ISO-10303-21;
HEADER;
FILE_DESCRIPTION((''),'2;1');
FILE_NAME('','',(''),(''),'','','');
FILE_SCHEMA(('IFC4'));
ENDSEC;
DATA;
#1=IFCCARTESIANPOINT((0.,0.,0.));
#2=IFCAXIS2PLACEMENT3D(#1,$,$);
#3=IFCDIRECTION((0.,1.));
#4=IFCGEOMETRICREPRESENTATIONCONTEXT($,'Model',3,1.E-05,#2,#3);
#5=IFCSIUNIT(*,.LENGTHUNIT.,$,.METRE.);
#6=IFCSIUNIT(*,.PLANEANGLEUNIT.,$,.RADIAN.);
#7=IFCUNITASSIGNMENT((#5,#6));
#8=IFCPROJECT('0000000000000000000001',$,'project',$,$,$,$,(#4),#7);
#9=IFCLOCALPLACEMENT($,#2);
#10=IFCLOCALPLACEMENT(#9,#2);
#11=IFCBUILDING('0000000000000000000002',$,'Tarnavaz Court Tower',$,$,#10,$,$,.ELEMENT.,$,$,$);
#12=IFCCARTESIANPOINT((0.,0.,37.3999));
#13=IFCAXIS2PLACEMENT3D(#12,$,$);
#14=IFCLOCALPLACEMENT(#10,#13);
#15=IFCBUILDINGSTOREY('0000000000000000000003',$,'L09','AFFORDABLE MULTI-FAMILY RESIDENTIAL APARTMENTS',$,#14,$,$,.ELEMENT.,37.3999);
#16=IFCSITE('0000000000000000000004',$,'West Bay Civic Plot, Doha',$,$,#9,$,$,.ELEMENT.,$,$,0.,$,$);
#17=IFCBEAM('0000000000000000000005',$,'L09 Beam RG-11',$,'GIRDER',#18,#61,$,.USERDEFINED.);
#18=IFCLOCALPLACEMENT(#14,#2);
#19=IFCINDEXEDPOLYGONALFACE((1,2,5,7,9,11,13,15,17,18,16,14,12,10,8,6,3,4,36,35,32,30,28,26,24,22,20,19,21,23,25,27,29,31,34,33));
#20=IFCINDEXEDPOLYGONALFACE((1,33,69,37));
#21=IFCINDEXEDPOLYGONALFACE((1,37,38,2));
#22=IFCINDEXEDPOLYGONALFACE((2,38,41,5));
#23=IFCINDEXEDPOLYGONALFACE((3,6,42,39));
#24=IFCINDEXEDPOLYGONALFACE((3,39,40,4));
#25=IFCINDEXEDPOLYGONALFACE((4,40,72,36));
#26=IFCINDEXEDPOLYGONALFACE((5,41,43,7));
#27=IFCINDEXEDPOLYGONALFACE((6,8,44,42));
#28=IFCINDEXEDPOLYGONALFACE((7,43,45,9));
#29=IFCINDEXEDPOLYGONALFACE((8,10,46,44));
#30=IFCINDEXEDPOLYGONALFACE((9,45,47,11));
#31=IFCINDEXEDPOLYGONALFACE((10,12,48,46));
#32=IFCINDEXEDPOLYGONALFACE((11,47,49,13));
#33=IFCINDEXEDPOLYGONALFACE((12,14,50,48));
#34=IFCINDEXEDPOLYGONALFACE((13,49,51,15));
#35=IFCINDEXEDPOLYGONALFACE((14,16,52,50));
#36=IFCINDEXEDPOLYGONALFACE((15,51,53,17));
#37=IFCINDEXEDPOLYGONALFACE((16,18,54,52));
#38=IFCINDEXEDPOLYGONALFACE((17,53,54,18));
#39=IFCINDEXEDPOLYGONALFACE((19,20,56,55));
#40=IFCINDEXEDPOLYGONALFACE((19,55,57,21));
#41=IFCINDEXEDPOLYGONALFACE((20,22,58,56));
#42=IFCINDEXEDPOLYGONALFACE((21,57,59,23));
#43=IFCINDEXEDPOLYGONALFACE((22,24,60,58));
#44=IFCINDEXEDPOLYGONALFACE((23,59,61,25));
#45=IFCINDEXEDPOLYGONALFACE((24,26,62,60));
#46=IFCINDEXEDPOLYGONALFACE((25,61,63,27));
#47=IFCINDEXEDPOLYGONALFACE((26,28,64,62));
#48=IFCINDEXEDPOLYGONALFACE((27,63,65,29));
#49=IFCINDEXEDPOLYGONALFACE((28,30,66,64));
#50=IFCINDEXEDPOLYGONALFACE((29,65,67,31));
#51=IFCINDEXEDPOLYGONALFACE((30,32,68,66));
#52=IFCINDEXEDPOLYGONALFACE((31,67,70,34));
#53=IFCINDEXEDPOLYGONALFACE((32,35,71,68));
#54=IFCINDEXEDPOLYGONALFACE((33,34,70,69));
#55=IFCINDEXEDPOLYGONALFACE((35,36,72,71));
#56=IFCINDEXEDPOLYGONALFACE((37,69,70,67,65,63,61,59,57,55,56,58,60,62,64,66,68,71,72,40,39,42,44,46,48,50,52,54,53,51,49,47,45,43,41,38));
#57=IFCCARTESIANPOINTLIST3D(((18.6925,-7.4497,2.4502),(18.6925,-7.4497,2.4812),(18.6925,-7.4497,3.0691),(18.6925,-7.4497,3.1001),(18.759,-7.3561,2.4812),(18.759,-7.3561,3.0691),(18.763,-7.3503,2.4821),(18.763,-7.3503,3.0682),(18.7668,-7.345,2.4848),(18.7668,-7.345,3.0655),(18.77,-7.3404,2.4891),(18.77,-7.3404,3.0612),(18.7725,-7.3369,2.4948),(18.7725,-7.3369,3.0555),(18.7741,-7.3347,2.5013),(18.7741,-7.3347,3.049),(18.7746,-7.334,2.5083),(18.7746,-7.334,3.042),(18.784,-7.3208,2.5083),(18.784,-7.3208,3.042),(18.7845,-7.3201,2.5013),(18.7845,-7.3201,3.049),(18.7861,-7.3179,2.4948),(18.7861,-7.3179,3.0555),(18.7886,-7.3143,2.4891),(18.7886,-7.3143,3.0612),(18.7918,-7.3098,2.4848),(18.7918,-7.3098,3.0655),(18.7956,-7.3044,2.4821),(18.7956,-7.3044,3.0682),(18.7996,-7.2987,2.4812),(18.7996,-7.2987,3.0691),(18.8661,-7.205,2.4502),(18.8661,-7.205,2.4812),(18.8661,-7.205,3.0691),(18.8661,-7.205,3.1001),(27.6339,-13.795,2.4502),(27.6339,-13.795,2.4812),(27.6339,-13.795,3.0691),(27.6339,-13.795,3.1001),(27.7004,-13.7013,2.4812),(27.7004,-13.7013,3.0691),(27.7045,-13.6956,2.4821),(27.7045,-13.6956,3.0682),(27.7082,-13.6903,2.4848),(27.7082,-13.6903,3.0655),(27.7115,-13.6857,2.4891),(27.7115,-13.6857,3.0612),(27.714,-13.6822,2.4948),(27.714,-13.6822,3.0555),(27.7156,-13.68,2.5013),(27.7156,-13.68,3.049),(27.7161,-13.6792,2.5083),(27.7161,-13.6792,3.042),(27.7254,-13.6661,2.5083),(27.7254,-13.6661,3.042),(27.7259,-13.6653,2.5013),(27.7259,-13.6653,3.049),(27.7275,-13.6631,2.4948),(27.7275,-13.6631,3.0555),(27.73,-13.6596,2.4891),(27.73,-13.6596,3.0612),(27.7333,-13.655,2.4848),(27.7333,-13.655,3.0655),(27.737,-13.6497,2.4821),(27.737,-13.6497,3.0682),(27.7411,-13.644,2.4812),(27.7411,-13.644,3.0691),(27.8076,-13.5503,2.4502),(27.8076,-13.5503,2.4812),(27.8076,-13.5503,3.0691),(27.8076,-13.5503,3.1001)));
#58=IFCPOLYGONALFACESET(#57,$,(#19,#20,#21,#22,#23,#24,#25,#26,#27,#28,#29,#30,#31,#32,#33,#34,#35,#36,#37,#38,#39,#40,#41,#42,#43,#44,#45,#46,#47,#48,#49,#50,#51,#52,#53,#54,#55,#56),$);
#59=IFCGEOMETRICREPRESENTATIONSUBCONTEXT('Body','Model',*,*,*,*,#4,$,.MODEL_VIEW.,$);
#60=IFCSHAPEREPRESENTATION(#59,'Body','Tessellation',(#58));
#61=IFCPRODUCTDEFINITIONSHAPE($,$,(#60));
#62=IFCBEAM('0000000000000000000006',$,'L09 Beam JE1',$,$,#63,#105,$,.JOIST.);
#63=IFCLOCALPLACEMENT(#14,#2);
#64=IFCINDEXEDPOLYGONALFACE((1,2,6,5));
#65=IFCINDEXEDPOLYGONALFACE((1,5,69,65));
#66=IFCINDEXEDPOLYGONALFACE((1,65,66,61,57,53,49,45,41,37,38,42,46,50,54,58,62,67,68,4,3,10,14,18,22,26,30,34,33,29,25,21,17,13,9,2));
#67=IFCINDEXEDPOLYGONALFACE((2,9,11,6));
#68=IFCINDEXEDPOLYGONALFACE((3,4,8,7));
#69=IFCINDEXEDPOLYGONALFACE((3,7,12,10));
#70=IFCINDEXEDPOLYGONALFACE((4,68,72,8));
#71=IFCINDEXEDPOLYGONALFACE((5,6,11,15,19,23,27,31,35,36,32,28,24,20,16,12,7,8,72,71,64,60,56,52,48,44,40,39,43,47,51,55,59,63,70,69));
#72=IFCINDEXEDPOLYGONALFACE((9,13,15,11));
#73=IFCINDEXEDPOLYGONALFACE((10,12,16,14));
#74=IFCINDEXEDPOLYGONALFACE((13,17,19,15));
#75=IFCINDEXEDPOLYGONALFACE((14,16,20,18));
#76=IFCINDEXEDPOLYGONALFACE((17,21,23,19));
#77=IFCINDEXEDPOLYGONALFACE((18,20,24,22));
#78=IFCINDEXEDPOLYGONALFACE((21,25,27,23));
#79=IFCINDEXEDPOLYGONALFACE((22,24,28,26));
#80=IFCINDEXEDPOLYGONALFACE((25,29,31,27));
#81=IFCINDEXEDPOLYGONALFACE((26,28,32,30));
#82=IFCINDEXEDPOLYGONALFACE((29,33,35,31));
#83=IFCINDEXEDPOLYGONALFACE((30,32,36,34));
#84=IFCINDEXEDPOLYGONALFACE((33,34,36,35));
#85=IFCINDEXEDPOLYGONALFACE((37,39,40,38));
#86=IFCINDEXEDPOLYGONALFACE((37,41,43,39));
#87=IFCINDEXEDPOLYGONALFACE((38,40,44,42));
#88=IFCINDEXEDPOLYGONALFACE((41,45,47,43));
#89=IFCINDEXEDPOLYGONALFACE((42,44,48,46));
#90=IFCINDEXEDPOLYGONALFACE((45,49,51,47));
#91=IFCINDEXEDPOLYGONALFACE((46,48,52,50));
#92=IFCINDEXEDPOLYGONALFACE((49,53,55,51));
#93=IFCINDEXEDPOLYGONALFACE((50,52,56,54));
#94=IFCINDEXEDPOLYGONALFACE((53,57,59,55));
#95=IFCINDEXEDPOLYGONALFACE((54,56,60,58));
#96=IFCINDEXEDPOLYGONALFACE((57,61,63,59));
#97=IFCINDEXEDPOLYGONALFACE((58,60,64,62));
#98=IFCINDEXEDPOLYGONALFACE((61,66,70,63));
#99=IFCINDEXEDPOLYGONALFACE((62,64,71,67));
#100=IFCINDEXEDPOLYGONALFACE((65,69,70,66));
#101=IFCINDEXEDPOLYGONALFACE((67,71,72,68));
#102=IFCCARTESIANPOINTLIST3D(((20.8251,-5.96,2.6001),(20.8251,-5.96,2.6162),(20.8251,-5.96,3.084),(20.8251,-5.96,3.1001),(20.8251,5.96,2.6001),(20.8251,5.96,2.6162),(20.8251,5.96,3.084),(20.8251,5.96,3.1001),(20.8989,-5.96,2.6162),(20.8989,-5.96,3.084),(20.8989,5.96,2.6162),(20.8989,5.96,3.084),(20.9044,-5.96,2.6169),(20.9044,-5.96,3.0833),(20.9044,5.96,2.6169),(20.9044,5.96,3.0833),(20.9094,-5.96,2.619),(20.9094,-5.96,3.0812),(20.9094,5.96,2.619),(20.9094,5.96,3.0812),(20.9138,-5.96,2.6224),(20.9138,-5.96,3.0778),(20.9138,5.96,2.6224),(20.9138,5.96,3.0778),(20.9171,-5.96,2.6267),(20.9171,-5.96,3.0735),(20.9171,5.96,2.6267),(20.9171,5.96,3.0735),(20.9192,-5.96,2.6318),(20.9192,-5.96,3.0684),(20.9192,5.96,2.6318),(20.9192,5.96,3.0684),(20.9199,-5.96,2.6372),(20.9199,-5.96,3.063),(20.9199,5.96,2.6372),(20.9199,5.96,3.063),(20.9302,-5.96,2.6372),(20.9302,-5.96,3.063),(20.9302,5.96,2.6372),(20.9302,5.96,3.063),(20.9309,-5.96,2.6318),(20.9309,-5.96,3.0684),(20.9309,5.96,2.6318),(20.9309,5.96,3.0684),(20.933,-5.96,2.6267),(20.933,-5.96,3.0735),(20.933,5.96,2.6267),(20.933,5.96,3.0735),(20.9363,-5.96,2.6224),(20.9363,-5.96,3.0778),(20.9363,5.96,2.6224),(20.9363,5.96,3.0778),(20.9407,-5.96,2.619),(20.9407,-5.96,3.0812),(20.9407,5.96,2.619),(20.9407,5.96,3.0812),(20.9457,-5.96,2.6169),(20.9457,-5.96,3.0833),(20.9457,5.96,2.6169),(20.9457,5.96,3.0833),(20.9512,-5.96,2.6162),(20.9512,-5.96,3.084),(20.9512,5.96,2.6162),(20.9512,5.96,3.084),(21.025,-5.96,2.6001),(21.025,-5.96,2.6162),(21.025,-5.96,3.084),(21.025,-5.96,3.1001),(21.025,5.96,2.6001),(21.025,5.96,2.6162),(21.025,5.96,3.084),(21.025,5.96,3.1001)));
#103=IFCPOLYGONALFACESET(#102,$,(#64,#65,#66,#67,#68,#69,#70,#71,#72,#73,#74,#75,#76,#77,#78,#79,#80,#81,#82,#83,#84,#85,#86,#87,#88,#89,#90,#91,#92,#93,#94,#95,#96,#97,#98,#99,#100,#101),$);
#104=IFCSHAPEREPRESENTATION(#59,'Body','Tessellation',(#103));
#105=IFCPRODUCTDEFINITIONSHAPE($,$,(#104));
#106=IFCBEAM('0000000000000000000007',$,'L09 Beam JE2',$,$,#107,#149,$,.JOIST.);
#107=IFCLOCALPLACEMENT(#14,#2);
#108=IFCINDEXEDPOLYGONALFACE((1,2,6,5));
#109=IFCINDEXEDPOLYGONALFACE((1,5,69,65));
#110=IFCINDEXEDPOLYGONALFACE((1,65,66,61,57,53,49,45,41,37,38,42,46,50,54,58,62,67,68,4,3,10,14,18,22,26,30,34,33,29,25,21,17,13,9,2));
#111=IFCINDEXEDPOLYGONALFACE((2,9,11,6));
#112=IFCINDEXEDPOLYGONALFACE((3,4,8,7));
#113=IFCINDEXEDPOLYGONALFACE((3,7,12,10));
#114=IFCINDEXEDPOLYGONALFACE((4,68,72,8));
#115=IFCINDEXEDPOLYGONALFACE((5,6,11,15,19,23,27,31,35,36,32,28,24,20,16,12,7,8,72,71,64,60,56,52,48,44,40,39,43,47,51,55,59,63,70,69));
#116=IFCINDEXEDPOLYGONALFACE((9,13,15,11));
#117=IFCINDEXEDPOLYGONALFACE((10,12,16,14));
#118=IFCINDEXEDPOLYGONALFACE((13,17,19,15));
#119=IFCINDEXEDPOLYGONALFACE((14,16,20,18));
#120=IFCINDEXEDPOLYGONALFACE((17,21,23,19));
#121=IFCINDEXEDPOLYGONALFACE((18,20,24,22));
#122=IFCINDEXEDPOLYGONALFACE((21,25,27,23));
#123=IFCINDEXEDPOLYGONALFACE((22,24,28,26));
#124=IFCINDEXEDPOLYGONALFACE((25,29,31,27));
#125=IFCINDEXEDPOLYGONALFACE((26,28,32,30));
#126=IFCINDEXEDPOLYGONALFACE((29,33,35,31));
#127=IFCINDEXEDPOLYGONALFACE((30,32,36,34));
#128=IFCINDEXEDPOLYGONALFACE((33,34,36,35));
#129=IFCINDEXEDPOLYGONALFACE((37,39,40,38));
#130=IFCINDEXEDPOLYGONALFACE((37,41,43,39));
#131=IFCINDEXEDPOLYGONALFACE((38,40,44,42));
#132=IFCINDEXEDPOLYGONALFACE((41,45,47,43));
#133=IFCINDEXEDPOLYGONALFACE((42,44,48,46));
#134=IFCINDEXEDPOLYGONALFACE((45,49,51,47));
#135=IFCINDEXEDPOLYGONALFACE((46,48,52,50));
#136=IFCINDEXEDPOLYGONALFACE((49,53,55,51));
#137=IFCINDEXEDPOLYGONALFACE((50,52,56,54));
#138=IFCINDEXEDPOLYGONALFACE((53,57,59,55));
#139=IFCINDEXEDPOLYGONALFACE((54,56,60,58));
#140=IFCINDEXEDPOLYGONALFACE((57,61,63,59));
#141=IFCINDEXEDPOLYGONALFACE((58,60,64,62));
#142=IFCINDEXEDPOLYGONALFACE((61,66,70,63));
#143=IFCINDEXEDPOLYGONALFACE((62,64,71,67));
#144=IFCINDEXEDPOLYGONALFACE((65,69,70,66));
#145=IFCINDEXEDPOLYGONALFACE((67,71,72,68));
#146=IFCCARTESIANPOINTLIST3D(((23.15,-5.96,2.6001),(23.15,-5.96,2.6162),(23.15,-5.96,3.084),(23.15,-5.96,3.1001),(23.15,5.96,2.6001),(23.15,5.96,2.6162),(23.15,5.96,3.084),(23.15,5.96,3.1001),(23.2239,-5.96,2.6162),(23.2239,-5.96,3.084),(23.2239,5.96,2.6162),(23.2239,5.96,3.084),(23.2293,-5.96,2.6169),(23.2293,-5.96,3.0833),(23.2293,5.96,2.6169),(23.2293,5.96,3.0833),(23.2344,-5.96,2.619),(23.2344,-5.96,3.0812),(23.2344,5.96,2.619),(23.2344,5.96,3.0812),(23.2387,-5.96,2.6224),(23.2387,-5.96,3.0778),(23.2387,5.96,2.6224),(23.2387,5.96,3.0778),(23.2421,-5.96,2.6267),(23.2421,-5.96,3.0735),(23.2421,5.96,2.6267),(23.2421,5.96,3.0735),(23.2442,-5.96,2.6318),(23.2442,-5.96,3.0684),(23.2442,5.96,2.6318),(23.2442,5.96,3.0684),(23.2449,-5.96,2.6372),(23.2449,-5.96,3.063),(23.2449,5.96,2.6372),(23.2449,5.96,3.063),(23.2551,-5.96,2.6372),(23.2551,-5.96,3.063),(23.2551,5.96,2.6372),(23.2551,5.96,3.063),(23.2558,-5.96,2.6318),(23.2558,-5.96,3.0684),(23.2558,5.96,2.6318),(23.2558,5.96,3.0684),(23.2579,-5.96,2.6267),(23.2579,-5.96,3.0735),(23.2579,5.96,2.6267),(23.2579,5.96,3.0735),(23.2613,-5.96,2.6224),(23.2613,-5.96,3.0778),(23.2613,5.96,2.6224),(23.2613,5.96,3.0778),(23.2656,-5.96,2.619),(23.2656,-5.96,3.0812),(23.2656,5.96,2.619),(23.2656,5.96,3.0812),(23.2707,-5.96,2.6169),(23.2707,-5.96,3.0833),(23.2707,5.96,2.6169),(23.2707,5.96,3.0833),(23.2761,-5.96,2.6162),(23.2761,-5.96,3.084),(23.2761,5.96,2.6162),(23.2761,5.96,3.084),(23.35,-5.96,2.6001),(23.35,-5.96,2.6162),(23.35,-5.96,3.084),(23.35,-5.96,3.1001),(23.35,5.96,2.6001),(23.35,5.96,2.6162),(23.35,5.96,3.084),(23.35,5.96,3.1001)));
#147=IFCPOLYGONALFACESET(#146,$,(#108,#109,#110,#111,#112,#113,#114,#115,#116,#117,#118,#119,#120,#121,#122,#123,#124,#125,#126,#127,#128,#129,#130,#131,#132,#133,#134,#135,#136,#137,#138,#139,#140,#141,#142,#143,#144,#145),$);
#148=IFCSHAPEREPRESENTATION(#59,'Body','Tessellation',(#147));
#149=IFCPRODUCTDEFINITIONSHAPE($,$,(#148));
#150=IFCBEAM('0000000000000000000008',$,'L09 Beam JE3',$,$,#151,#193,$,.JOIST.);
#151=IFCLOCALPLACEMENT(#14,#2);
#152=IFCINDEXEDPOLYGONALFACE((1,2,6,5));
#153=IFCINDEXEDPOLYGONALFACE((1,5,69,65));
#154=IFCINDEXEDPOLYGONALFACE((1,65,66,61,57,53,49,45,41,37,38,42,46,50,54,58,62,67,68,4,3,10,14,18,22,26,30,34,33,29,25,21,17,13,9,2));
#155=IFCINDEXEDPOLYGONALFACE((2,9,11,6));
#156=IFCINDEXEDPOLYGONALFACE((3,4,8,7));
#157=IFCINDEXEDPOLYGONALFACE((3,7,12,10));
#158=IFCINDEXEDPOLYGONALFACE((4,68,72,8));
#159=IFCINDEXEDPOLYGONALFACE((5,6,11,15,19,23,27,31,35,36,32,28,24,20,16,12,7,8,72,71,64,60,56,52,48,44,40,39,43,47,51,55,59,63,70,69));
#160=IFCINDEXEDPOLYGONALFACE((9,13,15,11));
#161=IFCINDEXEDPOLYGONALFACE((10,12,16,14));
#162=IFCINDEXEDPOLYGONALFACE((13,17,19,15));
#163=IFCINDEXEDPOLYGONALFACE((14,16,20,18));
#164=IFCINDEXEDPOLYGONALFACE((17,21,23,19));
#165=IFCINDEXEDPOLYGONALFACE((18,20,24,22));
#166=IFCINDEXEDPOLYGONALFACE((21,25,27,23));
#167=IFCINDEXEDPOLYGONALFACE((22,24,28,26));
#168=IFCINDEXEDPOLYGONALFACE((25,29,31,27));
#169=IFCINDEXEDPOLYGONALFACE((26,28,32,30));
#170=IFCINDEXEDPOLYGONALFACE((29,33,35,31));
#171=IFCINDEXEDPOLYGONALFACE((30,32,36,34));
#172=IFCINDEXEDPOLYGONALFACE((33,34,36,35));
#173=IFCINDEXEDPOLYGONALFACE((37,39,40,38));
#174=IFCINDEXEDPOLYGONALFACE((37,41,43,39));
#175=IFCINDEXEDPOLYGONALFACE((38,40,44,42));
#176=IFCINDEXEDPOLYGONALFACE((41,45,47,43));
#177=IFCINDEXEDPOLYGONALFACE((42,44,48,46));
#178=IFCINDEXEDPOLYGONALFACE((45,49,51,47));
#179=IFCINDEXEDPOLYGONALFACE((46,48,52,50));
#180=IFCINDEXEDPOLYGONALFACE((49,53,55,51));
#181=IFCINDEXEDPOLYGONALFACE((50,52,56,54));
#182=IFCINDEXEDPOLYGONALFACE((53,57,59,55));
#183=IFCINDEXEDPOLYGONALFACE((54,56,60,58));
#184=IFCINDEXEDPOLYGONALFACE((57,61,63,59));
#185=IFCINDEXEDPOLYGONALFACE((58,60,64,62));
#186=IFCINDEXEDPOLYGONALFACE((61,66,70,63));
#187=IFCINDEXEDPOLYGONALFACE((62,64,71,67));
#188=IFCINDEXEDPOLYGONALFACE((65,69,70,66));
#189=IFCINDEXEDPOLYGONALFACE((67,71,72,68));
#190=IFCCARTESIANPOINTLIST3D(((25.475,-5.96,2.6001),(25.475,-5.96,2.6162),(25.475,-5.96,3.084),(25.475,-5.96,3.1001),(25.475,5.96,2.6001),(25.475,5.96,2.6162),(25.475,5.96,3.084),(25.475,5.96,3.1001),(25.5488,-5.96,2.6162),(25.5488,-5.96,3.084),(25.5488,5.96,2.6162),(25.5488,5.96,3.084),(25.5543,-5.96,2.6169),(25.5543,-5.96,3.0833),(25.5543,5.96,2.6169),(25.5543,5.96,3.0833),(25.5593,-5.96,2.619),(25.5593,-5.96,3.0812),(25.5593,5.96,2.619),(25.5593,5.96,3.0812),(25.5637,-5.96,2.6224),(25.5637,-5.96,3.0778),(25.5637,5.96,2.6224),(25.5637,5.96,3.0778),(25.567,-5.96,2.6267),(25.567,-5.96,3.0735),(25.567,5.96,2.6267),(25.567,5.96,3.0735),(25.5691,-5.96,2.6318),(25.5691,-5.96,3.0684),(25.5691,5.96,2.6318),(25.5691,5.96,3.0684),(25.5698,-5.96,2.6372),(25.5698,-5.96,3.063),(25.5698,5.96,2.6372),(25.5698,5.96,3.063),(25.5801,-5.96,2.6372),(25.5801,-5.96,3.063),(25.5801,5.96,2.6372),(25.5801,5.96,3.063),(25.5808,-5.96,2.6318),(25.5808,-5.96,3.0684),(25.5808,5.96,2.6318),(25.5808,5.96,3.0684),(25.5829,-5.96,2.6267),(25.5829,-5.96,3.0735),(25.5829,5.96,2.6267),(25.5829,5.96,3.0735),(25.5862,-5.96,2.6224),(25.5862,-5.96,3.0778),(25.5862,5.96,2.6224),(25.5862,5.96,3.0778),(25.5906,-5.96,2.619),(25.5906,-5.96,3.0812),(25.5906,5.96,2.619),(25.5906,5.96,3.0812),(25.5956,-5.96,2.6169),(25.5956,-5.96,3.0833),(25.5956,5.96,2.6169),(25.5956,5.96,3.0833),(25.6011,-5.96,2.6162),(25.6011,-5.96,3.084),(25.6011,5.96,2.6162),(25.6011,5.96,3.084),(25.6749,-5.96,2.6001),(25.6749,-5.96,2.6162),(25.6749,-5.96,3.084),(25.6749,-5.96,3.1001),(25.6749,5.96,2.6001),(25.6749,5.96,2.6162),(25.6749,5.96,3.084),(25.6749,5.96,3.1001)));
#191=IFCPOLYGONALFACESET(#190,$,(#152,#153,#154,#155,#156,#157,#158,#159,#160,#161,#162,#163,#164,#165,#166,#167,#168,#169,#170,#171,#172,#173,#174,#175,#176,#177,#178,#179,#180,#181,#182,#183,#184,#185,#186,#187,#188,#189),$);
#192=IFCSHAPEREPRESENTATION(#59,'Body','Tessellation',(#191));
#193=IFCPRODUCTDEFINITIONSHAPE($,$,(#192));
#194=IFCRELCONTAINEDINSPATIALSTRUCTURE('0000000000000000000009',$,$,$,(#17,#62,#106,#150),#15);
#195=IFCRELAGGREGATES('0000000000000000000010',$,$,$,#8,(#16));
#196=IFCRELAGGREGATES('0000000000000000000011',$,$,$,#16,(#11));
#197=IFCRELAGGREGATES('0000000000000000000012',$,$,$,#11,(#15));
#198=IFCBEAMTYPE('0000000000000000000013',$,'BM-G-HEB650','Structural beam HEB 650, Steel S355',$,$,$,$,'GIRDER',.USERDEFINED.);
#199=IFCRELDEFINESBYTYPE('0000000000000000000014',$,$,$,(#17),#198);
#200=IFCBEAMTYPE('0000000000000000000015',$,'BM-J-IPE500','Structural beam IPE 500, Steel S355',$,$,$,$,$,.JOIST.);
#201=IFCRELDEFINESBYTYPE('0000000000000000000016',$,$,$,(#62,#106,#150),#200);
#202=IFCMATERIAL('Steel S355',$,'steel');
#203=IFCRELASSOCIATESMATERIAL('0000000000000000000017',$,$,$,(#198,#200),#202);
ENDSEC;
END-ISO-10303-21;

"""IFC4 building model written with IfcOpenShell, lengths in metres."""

from ifc_helpers import new_model, si_unit, direction, frame, origin, origin_2d, place, context, subcontext, project, spatial, i_section, extrude, material, material_profile, profile_set, type_object, element, save


model = new_model("IFC4")

# Units and contexts
model_context = context("Model", 3, precision=1e-05, world=origin(), true_north=direction((0.0, 1.0)))
body_context = subcontext(model_context, "Body", "Model", "MODEL_VIEW")
ifc_project = project(units=[si_unit("LENGTHUNIT", "METRE"), si_unit("PLANEANGLEUNIT", "RADIAN")], contexts=[model_context])

# Site, building, storey
site_placement = place(None, origin())
site = spatial("IfcSite", under=ifc_project, at=site_placement, Name="West Bay Civic Plot, Doha", CompositionType="ELEMENT", RefElevation=0.0)
building_placement = place(site_placement, origin())
building = spatial("IfcBuilding", under=site, at=building_placement, Name="Tarnavaz Court Tower", CompositionType="ELEMENT")
storey_placement = place(building_placement, frame((0.0, 0.0, 37.3999)))
storey = spatial("IfcBuildingStorey", under=building, at=storey_placement, Name="L09", Description="AFFORDABLE MULTI-FAMILY RESIDENTIAL APARTMENTS", CompositionType="ELEMENT", Elevation=37.3999)

# Beams
ifc_material_1 = material(Name="Steel S355", Category="steel")
ifc_material_profile_1 = material_profile(ifc_material_1, i_section(OverallWidth=0.3, OverallDepth=0.6499, WebThickness=0.0161, FlangeThickness=0.031, FilletRadius=0.0271, at=origin_2d()), Name="HEB 650")
ifc_profile_set_1 = profile_set([ifc_material_profile_1], Name="Steel S355")
beam_type_1 = type_object("IfcBeamType", Name="BM-G-HEB650", Description="Structural beam HEB 650, Steel S355", ElementType="GIRDER", PredefinedType="USERDEFINED", material=ifc_profile_set_1)
beam_1_placement = place(storey_placement, frame((18.7793, -7.3274, 2.7751), z_axis=(0.81552, -0.578729, 0.0), x_axis=(0.578729, 0.81552, 0.0)))
element("IfcBeam", 1, at=beam_1_placement, inside=storey, type_object=beam_type_1, Name="L09 Beam RG-11", ObjectType="GIRDER", PredefinedType="USERDEFINED", context=body_context, shape_type="SweptSolid", body=[
    extrude(i_section(OverallWidth=0.3, OverallDepth=0.6499, WebThickness=0.0161, FlangeThickness=0.031, FilletRadius=0.0271, at=origin_2d()), origin(), (0.0, 0.0, 1.0), 10.9641),
])
ifc_material_profile_2 = material_profile(ifc_material_1, i_section(OverallWidth=0.2, OverallDepth=0.5, WebThickness=0.0103, FlangeThickness=0.0161, FilletRadius=0.021, at=origin_2d()), Name="IPE 500")
ifc_profile_set_2 = profile_set([ifc_material_profile_2], Name="Steel S355")
beam_type_2 = type_object("IfcBeamType", Name="BM-J-IPE500", Description="Structural beam IPE 500, Steel S355", PredefinedType="JOIST", material=ifc_profile_set_2)
for number, where, z_axis, x_axis, name in (
    (2, (20.925, -5.96, 2.8501), (0.0, 1.0, 0.0), (-1.0, 0.0, 0.0), "L09 Beam JE1"),
    (3, (23.25, -5.96, 2.8501), (0.0, 1.0, 0.0), (-1.0, 0.0, 0.0), "L09 Beam JE2"),
    (4, (25.575, -5.96, 2.8501), (0.0, 1.0, 0.0), (-1.0, 0.0, 0.0), "L09 Beam JE3"),
):
    element("IfcBeam", number, at=place(storey_placement, frame(where, z_axis=z_axis, x_axis=x_axis)), inside=storey, type_object=beam_type_2, Name=name, PredefinedType="JOIST", context=body_context, shape_type="SweptSolid", body=[
        extrude(i_section(OverallWidth=0.2, OverallDepth=0.5, WebThickness=0.0103, FlangeThickness=0.0161, FilletRadius=0.021, at=origin_2d()), origin(), (0.0, 0.0, 1.0), 11.9199),
    ])

save(model, "model.ifc")
